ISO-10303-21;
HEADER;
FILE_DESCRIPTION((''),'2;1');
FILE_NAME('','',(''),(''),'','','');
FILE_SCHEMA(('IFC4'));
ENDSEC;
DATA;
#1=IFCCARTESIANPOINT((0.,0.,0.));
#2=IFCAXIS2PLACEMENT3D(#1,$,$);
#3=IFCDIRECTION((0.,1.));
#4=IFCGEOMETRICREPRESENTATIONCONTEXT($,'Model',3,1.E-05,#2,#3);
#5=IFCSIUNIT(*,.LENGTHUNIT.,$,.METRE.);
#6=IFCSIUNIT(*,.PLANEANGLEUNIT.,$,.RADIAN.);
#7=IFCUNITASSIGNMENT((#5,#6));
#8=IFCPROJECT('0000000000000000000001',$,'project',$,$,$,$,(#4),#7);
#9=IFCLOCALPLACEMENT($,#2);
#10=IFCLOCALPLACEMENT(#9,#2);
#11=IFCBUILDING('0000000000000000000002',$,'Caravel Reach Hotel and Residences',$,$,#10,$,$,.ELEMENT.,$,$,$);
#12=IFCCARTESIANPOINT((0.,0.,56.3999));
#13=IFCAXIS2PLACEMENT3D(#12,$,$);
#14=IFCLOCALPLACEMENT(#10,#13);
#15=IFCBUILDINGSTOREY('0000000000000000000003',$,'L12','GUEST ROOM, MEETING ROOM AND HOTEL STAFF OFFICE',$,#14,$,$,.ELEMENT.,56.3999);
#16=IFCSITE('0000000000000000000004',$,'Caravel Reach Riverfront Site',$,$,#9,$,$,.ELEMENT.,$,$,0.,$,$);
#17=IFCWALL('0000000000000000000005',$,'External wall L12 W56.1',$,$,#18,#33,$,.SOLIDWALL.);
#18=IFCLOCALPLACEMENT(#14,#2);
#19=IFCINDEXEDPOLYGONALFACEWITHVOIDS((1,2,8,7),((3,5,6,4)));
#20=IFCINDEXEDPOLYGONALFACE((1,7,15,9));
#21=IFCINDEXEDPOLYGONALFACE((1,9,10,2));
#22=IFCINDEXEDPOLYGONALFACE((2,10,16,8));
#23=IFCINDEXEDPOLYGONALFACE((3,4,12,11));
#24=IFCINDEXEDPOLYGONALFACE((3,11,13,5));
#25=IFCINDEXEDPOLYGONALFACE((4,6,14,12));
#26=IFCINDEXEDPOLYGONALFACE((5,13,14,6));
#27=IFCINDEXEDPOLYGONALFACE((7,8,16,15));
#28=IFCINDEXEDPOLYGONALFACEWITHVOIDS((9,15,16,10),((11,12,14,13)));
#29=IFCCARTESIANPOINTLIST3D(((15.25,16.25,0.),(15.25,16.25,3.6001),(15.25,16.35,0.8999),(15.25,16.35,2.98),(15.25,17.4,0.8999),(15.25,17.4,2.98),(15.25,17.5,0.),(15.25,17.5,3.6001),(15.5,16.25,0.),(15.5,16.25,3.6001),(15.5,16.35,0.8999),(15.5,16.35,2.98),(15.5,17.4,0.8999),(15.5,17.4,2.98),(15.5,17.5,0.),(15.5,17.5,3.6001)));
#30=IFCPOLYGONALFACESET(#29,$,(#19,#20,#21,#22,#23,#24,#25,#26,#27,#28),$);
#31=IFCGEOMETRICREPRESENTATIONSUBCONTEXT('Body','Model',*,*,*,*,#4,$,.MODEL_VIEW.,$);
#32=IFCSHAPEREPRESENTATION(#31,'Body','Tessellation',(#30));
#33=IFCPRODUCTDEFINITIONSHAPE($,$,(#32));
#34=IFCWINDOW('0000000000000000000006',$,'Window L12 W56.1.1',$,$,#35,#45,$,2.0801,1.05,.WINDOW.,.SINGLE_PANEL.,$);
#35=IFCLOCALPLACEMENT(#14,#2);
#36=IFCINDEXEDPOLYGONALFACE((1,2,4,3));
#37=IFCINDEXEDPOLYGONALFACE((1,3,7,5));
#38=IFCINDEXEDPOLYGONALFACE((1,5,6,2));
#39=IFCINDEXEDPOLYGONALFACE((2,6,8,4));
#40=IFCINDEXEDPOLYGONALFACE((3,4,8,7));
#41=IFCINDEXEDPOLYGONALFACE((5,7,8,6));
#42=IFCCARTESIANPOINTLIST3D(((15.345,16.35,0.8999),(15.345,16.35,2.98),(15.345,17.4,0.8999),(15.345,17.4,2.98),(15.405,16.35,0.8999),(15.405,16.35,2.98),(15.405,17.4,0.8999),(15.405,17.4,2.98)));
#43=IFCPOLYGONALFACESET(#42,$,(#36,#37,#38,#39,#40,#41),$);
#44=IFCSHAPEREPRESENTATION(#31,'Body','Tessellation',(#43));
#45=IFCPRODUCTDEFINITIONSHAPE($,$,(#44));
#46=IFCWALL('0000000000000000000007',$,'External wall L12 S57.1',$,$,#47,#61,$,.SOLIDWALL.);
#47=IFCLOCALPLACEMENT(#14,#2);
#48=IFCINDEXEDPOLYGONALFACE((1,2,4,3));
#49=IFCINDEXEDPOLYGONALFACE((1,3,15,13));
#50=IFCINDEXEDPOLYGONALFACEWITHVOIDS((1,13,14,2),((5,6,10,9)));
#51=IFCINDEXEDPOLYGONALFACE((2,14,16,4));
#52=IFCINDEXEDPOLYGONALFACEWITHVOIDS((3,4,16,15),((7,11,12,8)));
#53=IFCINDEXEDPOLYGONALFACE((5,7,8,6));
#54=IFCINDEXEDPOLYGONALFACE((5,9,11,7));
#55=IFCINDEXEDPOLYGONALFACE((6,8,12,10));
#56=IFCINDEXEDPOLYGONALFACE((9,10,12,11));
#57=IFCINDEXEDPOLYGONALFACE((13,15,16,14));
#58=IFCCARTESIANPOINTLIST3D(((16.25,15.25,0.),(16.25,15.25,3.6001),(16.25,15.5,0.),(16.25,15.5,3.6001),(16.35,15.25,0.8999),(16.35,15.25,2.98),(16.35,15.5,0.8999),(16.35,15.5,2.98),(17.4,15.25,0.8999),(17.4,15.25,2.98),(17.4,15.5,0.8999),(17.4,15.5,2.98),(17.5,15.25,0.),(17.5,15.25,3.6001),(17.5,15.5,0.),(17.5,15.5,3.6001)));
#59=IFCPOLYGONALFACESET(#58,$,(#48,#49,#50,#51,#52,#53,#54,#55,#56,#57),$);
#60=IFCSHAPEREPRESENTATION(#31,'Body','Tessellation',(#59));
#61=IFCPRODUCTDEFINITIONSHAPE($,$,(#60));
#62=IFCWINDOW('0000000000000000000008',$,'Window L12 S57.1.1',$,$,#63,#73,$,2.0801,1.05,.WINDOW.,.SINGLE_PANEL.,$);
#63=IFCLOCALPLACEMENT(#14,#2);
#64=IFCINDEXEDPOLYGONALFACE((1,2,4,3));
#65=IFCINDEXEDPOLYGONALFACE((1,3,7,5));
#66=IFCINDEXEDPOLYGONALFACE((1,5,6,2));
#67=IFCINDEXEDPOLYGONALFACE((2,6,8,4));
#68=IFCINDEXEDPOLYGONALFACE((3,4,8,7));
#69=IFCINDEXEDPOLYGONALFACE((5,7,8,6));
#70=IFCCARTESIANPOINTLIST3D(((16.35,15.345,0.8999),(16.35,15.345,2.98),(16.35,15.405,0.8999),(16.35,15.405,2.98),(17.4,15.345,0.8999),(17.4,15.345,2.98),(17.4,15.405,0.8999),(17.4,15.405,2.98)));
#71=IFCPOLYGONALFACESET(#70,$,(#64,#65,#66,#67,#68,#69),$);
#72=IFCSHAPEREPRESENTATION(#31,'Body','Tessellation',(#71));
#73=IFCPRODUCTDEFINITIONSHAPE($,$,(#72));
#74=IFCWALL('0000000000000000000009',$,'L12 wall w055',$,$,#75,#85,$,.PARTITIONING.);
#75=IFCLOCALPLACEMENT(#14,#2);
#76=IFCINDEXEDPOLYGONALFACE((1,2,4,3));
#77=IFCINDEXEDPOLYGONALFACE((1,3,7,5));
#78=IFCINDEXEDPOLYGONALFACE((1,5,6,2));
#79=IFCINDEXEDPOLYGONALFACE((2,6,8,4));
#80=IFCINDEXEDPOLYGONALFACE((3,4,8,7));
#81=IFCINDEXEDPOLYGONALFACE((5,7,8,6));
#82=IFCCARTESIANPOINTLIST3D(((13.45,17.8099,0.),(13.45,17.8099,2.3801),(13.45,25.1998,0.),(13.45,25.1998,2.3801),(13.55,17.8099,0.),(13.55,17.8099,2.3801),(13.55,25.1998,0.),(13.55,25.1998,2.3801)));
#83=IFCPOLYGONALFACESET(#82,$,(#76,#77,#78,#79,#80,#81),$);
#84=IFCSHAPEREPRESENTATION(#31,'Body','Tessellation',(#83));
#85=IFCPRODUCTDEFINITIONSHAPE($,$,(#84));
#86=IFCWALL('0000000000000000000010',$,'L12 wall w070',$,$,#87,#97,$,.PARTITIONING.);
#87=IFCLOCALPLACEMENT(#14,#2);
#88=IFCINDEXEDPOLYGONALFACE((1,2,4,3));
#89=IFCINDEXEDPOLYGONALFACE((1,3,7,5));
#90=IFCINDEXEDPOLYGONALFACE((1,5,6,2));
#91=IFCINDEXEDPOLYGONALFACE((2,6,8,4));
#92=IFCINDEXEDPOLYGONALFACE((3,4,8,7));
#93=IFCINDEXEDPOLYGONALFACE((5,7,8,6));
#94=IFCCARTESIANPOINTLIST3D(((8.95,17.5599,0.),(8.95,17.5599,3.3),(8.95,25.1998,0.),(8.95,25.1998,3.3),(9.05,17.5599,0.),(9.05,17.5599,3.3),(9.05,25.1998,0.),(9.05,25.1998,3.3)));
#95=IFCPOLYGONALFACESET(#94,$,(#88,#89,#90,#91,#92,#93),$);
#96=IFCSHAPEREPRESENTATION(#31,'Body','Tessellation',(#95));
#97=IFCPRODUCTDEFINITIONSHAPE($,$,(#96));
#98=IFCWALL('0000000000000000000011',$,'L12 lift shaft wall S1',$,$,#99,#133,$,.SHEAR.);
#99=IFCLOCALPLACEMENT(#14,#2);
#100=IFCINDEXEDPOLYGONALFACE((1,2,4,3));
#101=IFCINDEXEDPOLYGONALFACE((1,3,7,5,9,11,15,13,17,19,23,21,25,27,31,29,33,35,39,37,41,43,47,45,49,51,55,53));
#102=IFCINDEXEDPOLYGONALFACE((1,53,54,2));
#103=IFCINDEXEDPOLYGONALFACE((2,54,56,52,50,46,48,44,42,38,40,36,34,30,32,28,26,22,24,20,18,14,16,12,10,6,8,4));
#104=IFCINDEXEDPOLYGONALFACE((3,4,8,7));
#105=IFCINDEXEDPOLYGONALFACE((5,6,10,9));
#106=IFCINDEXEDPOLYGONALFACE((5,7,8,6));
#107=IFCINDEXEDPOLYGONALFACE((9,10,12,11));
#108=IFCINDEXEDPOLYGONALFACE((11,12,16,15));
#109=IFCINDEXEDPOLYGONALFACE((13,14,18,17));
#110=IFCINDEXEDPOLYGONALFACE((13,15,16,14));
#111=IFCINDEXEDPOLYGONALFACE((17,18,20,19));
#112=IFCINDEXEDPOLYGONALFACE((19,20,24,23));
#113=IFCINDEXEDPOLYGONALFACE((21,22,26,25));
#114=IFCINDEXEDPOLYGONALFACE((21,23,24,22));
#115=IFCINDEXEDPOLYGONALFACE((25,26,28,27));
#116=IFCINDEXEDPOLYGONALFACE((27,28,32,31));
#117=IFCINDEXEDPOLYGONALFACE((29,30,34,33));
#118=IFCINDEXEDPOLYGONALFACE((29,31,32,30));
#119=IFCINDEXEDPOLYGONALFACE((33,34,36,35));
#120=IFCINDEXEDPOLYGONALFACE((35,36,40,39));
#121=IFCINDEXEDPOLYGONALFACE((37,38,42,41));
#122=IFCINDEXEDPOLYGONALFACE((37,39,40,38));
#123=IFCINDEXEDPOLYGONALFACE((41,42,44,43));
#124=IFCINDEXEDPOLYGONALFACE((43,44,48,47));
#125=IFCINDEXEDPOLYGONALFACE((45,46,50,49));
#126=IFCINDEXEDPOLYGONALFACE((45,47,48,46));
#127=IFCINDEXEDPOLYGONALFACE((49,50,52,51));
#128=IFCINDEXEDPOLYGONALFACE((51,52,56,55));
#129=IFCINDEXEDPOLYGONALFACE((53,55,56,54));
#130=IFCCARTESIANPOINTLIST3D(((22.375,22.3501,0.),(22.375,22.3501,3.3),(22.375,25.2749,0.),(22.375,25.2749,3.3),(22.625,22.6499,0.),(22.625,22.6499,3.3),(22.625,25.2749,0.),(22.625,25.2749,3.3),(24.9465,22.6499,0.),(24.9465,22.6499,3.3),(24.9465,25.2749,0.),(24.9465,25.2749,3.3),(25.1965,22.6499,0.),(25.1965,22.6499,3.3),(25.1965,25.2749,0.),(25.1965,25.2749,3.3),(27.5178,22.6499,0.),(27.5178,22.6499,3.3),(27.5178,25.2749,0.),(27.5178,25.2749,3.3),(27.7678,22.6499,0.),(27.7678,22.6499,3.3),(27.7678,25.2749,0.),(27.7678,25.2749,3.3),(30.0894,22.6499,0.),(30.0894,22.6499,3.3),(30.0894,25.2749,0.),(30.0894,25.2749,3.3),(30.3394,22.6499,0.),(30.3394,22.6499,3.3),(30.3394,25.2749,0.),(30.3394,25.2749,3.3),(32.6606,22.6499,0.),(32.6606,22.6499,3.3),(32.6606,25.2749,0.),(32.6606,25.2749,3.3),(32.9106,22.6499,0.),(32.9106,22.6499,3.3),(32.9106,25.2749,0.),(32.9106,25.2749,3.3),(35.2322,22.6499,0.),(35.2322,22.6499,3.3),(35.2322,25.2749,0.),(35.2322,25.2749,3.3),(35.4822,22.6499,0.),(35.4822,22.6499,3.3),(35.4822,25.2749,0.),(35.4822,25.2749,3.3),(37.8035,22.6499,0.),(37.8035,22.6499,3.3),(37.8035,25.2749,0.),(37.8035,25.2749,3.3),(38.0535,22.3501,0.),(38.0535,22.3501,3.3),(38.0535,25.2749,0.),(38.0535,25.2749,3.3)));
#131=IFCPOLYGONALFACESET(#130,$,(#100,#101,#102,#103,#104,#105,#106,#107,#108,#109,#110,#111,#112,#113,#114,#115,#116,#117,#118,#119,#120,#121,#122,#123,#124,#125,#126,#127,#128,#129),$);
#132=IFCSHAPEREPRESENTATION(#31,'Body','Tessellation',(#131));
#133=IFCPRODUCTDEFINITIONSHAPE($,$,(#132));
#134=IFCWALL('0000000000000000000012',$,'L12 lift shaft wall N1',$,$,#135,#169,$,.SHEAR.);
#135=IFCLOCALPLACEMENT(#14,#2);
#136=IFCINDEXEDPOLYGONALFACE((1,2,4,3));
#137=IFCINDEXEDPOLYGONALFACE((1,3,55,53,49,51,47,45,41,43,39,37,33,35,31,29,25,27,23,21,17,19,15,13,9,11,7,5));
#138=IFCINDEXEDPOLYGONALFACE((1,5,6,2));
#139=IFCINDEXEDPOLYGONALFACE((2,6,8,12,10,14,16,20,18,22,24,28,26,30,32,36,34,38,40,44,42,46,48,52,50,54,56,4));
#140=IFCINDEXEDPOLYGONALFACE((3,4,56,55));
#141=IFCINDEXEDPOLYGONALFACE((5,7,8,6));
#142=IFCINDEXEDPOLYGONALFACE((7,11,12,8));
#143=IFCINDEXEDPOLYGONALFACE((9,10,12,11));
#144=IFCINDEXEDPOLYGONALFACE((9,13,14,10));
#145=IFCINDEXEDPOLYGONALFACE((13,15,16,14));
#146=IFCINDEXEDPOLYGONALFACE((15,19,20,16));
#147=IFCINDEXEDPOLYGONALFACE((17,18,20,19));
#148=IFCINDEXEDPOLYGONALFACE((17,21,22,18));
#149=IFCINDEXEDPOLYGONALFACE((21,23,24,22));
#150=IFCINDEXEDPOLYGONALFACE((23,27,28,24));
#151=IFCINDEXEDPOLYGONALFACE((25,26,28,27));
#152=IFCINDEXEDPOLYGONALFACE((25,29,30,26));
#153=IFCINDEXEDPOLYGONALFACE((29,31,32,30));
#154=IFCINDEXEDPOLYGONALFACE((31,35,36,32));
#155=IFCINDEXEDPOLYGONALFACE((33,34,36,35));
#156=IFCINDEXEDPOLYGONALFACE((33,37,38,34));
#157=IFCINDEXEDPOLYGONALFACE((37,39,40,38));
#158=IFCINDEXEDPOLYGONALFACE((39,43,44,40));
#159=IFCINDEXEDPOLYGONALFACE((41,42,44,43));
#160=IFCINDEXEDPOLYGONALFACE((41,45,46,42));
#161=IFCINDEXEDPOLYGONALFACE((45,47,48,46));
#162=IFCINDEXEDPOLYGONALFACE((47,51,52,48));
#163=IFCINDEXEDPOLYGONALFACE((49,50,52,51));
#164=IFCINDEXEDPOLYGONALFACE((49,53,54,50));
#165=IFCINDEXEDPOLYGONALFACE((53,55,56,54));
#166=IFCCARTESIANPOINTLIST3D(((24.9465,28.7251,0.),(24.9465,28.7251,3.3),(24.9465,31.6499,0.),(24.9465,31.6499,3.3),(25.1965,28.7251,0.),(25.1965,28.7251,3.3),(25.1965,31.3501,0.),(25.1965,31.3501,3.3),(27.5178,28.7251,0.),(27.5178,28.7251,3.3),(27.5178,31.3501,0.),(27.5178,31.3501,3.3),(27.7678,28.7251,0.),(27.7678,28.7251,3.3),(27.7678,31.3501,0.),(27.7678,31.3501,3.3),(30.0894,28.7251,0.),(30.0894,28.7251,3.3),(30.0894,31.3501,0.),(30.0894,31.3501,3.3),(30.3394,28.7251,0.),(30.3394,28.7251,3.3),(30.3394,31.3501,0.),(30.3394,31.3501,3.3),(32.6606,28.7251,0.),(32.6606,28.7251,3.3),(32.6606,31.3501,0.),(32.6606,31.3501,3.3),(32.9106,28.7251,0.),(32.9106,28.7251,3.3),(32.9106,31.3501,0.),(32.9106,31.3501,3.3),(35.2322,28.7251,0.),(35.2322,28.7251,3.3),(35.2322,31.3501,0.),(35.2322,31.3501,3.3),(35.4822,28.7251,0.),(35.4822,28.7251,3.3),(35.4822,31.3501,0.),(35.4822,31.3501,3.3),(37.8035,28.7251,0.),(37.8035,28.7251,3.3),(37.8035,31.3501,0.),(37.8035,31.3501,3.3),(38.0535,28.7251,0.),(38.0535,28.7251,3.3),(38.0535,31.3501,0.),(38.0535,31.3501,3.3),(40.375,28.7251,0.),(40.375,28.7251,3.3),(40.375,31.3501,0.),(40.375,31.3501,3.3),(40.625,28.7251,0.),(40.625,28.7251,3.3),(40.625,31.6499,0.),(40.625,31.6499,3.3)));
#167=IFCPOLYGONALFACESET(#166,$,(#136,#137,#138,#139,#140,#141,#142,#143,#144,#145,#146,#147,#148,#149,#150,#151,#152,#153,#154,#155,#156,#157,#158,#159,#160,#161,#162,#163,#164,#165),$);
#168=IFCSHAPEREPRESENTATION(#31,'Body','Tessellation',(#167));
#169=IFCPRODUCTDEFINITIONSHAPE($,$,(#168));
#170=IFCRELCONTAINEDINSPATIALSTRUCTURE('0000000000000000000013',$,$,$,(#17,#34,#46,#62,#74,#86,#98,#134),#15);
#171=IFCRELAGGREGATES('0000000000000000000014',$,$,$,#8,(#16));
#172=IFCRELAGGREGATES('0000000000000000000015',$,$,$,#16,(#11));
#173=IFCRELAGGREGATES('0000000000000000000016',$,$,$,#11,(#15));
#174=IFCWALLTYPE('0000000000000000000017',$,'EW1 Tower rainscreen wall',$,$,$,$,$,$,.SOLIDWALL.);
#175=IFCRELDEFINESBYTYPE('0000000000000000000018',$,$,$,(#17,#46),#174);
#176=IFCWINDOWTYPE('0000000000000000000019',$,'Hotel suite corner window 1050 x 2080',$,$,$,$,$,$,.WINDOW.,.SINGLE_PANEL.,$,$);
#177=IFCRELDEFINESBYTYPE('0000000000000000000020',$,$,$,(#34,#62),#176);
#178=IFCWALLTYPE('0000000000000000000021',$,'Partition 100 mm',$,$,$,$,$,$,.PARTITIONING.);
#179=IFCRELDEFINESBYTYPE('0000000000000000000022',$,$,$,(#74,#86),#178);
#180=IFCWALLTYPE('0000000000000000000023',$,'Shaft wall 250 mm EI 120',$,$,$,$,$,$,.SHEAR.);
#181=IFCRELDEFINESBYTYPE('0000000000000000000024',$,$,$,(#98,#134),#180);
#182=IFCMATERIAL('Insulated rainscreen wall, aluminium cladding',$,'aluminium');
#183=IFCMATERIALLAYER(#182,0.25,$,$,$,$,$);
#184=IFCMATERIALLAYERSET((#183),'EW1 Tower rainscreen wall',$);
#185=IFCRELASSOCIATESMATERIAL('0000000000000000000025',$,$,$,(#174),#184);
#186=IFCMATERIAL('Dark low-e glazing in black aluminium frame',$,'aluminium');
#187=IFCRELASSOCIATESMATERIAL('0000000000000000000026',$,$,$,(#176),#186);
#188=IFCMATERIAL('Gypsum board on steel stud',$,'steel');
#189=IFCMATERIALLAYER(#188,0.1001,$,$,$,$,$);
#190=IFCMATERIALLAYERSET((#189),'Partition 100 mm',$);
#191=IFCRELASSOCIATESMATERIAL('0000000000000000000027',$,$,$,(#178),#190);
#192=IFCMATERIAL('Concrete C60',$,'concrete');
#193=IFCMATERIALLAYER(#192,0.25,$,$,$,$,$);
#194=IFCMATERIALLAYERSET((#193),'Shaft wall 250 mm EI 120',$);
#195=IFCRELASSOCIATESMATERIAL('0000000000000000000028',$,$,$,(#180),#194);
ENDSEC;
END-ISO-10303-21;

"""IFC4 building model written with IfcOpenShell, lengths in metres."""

from ifc_helpers import new_model, si_unit, direction, frame, frame_2d, origin, place, context, subcontext, project, spatial, polyline, rectangle, outline, extrude, material, layer, layer_set, type_object, element, fill, save


model = new_model("IFC4")

# Units and contexts
model_context = context("Model", 3, precision=1e-05, world=origin(), true_north=direction((0.0, 1.0)))
body_context = subcontext(model_context, "Body", "Model", "MODEL_VIEW")
ifc_project = project(units=[si_unit("LENGTHUNIT", "METRE"), si_unit("PLANEANGLEUNIT", "RADIAN")], contexts=[model_context])

# Site, building, storey
site_placement = place(None, origin())
site = spatial("IfcSite", under=ifc_project, at=site_placement, Name="Caravel Reach Riverfront Site", CompositionType="ELEMENT", RefElevation=0.0)
building_placement = place(site_placement, origin())
building = spatial("IfcBuilding", under=site, at=building_placement, Name="Caravel Reach Hotel and Residences", CompositionType="ELEMENT")
storey_placement = place(building_placement, frame((0.0, 0.0, 56.3999)))
storey = spatial("IfcBuildingStorey", under=building, at=storey_placement, Name="L12", Description="GUEST ROOM, MEETING ROOM AND HOTEL STAFF OFFICE", CompositionType="ELEMENT", Elevation=56.3999)

# Shared definitions
ifc_material_1 = material(Name="Insulated rainscreen wall, aluminium cladding", Category="aluminium")
ifc_layer_1 = layer(ifc_material_1, 0.25)
ifc_layer_set_1 = layer_set([ifc_layer_1], Name="EW1 Tower rainscreen wall")
wall_type_1 = type_object("IfcWallType", Name="EW1 Tower rainscreen wall", PredefinedType="SOLIDWALL", material=ifc_layer_set_1)

# Walls, openings, windows
ifc_material_2 = material(Name="Dark low-e glazing in black aluminium frame", Category="aluminium")
window_type_1 = type_object("IfcWindowType", Name="Hotel suite corner window 1050 x 2080", PartitioningType="SINGLE_PANEL", PredefinedType="WINDOW", material=ifc_material_2)
wall_1_placement = place(storey_placement, frame((15.375, 17.5, 0.0), z_axis=(0.0, 0.0, 1.0), x_axis=(0.0, -1.0, 0.0)))
wall_1 = element("IfcWall", 1, at=wall_1_placement, inside=storey, type_object=wall_type_1, Name="External wall L12 W56.1", PredefinedType="SOLIDWALL", context=body_context, shape_type="SweptSolid", body=[
    extrude(rectangle(XDim=1.25, YDim=0.25, at=frame_2d((0.625, 0.0))), origin(), (0.0, 0.0, 1.0), 3.6001),
])
opening_1_placement = place(wall_1_placement, frame((0.1001, 0.0, 0.8999)))
opening_1 = element("IfcOpeningElement", 2, at=opening_1_placement, cuts=wall_1, PredefinedType="OPENING", context=body_context, shape_type="SweptSolid", body=[
    extrude(rectangle(XDim=1.05, YDim=2.0801, at=frame_2d((0.5249, 1.04))), frame((0.0, 0.135, 0.0), z_axis=(0.0, -1.0, 0.0), x_axis=(1.0, 0.0, 0.0)), (0.0, 0.0, 1.0), 0.27),
])
window_1_placement = place(opening_1_placement, origin())
window_1 = element("IfcWindow", 3, at=window_1_placement, inside=storey, type_object=window_type_1, Name="Window L12 W56.1.1", OverallHeight=2.0801, OverallWidth=1.05, PartitioningType="SINGLE_PANEL", PredefinedType="WINDOW", context=body_context, shape_type="SweptSolid", body=[
    extrude(rectangle(XDim=1.05, YDim=2.0801, at=frame_2d((0.5249, 1.04))), frame((0.0, 0.03, 0.0), z_axis=(0.0, -1.0, 0.0), x_axis=(1.0, 0.0, 0.0)), (0.0, 0.0, 1.0), 0.0601),
])
fill(opening_1, window_1)
wall_2_placement = place(storey_placement, frame((16.25, 15.375, 0.0), z_axis=(0.0, 0.0, 1.0), x_axis=(1.0, 0.0, 0.0)))
wall_2 = element("IfcWall", 4, at=wall_2_placement, inside=storey, type_object=wall_type_1, Name="External wall L12 S57.1", PredefinedType="SOLIDWALL", context=body_context, shape_type="SweptSolid", body=[
    extrude(rectangle(XDim=1.25, YDim=0.25, at=frame_2d((0.625, 0.0))), origin(), (0.0, 0.0, 1.0), 3.6001),
])
opening_2_placement = place(wall_2_placement, frame((0.1001, 0.0, 0.8999)))
opening_2 = element("IfcOpeningElement", 5, at=opening_2_placement, cuts=wall_2, PredefinedType="OPENING", context=body_context, shape_type="SweptSolid", body=[
    extrude(rectangle(XDim=1.05, YDim=2.0801, at=frame_2d((0.5249, 1.04))), frame((0.0, 0.135, 0.0), z_axis=(0.0, -1.0, 0.0), x_axis=(1.0, 0.0, 0.0)), (0.0, 0.0, 1.0), 0.27),
])
window_2_placement = place(opening_2_placement, origin())
window_2 = element("IfcWindow", 6, at=window_2_placement, inside=storey, type_object=window_type_1, Name="Window L12 S57.1.1", OverallHeight=2.0801, OverallWidth=1.05, PartitioningType="SINGLE_PANEL", PredefinedType="WINDOW", context=body_context, shape_type="SweptSolid", body=[
    extrude(rectangle(XDim=1.05, YDim=2.0801, at=frame_2d((0.5249, 1.04))), frame((0.0, 0.03, 0.0), z_axis=(0.0, -1.0, 0.0), x_axis=(1.0, 0.0, 0.0)), (0.0, 0.0, 1.0), 0.0601),
])
fill(opening_2, window_2)

# Walls
ifc_material_3 = material(Name="Gypsum board on steel stud", Category="steel")
ifc_layer_2 = layer(ifc_material_3, 0.1001)
ifc_layer_set_2 = layer_set([ifc_layer_2], Name="Partition 100 mm")
wall_type_2 = type_object("IfcWallType", Name="Partition 100 mm", PredefinedType="PARTITIONING", material=ifc_layer_set_2)
wall_3_placement = place(storey_placement, frame((13.5, 17.8101, 0.0), z_axis=(0.0, 0.0, 1.0), x_axis=(0.0, 1.0, 0.0)))
element("IfcWall", 7, at=wall_3_placement, inside=storey, type_object=wall_type_2, Name="L12 wall w055", PredefinedType="PARTITIONING", context=body_context, shape_type="SweptSolid", body=[
    extrude(rectangle(XDim=7.3899, YDim=0.1001, at=frame_2d((3.6948, 0.0))), origin(), (0.0, 0.0, 1.0), 2.3801),
])
wall_4_placement = place(storey_placement, frame((9.0, 17.5601, 0.0), z_axis=(0.0, 0.0, 1.0), x_axis=(0.0, 1.0, 0.0)))
element("IfcWall", 8, at=wall_4_placement, inside=storey, type_object=wall_type_2, Name="L12 wall w070", PredefinedType="PARTITIONING", context=body_context, shape_type="SweptSolid", body=[
    extrude(rectangle(XDim=7.6399, YDim=0.1001, at=frame_2d((3.8198, 0.0))), origin(), (0.0, 0.0, 1.0), 3.3),
])
ifc_material_4 = material(Name="Concrete C60", Category="concrete")
ifc_layer_3 = layer(ifc_material_4, 0.25)
ifc_layer_set_3 = layer_set([ifc_layer_3], Name="Shaft wall 250 mm EI 120")
wall_type_3 = type_object("IfcWallType", Name="Shaft wall 250 mm EI 120", PredefinedType="SHEAR", material=ifc_layer_set_3)
wall_5_placement = place(storey_placement, origin())
element("IfcWall", 9, at=wall_5_placement, inside=storey, type_object=wall_type_3, Name="L12 lift shaft wall S1", PredefinedType="SHEAR", context=body_context, shape_type="SweptSolid", body=[
    extrude(outline(polyline([(22.375, 22.3501), (38.0535, 22.3501), (38.0535, 25.2749), (37.8035, 25.2749), (37.8035, 22.6499), (35.4822, 22.6499), (35.4822, 25.2749), (35.2322, 25.2749), (35.2322, 22.6499), (32.9106, 22.6499), (32.9106, 25.2749), (32.6606, 25.2749), (32.6606, 22.6499), (30.3394, 22.6499), (30.3394, 25.2749), (30.0894, 25.2749), (30.0894, 22.6499), (27.7678, 22.6499), (27.7678, 25.2749), (27.5178, 25.2749), (27.5178, 22.6499), (25.1965, 22.6499), (25.1965, 25.2749), (24.9465, 25.2749), (24.9465, 22.6499), (22.625, 22.6499), (22.625, 25.2749), (22.375, 25.2749), (22.375, 22.3501)])), origin(), (0.0, 0.0, 1.0), 3.3),
])
wall_6_placement = place(storey_placement, origin())
element("IfcWall", 10, at=wall_6_placement, inside=storey, type_object=wall_type_3, Name="L12 lift shaft wall N1", PredefinedType="SHEAR", context=body_context, shape_type="SweptSolid", body=[
    extrude(outline(polyline([(24.9465, 28.7251), (25.1965, 28.7251), (25.1965, 31.3501), (27.5178, 31.3501), (27.5178, 28.7251), (27.7678, 28.7251), (27.7678, 31.3501), (30.0894, 31.3501), (30.0894, 28.7251), (30.3394, 28.7251), (30.3394, 31.3501), (32.6606, 31.3501), (32.6606, 28.7251), (32.9106, 28.7251), (32.9106, 31.3501), (35.2322, 31.3501), (35.2322, 28.7251), (35.4822, 28.7251), (35.4822, 31.3501), (37.8035, 31.3501), (37.8035, 28.7251), (38.0535, 28.7251), (38.0535, 31.3501), (40.375, 31.3501), (40.375, 28.7251), (40.625, 28.7251), (40.625, 31.6499), (24.9465, 31.6499), (24.9465, 28.7251)])), origin(), (0.0, 0.0, 1.0), 3.3),
])

save(model, "model.ifc")
